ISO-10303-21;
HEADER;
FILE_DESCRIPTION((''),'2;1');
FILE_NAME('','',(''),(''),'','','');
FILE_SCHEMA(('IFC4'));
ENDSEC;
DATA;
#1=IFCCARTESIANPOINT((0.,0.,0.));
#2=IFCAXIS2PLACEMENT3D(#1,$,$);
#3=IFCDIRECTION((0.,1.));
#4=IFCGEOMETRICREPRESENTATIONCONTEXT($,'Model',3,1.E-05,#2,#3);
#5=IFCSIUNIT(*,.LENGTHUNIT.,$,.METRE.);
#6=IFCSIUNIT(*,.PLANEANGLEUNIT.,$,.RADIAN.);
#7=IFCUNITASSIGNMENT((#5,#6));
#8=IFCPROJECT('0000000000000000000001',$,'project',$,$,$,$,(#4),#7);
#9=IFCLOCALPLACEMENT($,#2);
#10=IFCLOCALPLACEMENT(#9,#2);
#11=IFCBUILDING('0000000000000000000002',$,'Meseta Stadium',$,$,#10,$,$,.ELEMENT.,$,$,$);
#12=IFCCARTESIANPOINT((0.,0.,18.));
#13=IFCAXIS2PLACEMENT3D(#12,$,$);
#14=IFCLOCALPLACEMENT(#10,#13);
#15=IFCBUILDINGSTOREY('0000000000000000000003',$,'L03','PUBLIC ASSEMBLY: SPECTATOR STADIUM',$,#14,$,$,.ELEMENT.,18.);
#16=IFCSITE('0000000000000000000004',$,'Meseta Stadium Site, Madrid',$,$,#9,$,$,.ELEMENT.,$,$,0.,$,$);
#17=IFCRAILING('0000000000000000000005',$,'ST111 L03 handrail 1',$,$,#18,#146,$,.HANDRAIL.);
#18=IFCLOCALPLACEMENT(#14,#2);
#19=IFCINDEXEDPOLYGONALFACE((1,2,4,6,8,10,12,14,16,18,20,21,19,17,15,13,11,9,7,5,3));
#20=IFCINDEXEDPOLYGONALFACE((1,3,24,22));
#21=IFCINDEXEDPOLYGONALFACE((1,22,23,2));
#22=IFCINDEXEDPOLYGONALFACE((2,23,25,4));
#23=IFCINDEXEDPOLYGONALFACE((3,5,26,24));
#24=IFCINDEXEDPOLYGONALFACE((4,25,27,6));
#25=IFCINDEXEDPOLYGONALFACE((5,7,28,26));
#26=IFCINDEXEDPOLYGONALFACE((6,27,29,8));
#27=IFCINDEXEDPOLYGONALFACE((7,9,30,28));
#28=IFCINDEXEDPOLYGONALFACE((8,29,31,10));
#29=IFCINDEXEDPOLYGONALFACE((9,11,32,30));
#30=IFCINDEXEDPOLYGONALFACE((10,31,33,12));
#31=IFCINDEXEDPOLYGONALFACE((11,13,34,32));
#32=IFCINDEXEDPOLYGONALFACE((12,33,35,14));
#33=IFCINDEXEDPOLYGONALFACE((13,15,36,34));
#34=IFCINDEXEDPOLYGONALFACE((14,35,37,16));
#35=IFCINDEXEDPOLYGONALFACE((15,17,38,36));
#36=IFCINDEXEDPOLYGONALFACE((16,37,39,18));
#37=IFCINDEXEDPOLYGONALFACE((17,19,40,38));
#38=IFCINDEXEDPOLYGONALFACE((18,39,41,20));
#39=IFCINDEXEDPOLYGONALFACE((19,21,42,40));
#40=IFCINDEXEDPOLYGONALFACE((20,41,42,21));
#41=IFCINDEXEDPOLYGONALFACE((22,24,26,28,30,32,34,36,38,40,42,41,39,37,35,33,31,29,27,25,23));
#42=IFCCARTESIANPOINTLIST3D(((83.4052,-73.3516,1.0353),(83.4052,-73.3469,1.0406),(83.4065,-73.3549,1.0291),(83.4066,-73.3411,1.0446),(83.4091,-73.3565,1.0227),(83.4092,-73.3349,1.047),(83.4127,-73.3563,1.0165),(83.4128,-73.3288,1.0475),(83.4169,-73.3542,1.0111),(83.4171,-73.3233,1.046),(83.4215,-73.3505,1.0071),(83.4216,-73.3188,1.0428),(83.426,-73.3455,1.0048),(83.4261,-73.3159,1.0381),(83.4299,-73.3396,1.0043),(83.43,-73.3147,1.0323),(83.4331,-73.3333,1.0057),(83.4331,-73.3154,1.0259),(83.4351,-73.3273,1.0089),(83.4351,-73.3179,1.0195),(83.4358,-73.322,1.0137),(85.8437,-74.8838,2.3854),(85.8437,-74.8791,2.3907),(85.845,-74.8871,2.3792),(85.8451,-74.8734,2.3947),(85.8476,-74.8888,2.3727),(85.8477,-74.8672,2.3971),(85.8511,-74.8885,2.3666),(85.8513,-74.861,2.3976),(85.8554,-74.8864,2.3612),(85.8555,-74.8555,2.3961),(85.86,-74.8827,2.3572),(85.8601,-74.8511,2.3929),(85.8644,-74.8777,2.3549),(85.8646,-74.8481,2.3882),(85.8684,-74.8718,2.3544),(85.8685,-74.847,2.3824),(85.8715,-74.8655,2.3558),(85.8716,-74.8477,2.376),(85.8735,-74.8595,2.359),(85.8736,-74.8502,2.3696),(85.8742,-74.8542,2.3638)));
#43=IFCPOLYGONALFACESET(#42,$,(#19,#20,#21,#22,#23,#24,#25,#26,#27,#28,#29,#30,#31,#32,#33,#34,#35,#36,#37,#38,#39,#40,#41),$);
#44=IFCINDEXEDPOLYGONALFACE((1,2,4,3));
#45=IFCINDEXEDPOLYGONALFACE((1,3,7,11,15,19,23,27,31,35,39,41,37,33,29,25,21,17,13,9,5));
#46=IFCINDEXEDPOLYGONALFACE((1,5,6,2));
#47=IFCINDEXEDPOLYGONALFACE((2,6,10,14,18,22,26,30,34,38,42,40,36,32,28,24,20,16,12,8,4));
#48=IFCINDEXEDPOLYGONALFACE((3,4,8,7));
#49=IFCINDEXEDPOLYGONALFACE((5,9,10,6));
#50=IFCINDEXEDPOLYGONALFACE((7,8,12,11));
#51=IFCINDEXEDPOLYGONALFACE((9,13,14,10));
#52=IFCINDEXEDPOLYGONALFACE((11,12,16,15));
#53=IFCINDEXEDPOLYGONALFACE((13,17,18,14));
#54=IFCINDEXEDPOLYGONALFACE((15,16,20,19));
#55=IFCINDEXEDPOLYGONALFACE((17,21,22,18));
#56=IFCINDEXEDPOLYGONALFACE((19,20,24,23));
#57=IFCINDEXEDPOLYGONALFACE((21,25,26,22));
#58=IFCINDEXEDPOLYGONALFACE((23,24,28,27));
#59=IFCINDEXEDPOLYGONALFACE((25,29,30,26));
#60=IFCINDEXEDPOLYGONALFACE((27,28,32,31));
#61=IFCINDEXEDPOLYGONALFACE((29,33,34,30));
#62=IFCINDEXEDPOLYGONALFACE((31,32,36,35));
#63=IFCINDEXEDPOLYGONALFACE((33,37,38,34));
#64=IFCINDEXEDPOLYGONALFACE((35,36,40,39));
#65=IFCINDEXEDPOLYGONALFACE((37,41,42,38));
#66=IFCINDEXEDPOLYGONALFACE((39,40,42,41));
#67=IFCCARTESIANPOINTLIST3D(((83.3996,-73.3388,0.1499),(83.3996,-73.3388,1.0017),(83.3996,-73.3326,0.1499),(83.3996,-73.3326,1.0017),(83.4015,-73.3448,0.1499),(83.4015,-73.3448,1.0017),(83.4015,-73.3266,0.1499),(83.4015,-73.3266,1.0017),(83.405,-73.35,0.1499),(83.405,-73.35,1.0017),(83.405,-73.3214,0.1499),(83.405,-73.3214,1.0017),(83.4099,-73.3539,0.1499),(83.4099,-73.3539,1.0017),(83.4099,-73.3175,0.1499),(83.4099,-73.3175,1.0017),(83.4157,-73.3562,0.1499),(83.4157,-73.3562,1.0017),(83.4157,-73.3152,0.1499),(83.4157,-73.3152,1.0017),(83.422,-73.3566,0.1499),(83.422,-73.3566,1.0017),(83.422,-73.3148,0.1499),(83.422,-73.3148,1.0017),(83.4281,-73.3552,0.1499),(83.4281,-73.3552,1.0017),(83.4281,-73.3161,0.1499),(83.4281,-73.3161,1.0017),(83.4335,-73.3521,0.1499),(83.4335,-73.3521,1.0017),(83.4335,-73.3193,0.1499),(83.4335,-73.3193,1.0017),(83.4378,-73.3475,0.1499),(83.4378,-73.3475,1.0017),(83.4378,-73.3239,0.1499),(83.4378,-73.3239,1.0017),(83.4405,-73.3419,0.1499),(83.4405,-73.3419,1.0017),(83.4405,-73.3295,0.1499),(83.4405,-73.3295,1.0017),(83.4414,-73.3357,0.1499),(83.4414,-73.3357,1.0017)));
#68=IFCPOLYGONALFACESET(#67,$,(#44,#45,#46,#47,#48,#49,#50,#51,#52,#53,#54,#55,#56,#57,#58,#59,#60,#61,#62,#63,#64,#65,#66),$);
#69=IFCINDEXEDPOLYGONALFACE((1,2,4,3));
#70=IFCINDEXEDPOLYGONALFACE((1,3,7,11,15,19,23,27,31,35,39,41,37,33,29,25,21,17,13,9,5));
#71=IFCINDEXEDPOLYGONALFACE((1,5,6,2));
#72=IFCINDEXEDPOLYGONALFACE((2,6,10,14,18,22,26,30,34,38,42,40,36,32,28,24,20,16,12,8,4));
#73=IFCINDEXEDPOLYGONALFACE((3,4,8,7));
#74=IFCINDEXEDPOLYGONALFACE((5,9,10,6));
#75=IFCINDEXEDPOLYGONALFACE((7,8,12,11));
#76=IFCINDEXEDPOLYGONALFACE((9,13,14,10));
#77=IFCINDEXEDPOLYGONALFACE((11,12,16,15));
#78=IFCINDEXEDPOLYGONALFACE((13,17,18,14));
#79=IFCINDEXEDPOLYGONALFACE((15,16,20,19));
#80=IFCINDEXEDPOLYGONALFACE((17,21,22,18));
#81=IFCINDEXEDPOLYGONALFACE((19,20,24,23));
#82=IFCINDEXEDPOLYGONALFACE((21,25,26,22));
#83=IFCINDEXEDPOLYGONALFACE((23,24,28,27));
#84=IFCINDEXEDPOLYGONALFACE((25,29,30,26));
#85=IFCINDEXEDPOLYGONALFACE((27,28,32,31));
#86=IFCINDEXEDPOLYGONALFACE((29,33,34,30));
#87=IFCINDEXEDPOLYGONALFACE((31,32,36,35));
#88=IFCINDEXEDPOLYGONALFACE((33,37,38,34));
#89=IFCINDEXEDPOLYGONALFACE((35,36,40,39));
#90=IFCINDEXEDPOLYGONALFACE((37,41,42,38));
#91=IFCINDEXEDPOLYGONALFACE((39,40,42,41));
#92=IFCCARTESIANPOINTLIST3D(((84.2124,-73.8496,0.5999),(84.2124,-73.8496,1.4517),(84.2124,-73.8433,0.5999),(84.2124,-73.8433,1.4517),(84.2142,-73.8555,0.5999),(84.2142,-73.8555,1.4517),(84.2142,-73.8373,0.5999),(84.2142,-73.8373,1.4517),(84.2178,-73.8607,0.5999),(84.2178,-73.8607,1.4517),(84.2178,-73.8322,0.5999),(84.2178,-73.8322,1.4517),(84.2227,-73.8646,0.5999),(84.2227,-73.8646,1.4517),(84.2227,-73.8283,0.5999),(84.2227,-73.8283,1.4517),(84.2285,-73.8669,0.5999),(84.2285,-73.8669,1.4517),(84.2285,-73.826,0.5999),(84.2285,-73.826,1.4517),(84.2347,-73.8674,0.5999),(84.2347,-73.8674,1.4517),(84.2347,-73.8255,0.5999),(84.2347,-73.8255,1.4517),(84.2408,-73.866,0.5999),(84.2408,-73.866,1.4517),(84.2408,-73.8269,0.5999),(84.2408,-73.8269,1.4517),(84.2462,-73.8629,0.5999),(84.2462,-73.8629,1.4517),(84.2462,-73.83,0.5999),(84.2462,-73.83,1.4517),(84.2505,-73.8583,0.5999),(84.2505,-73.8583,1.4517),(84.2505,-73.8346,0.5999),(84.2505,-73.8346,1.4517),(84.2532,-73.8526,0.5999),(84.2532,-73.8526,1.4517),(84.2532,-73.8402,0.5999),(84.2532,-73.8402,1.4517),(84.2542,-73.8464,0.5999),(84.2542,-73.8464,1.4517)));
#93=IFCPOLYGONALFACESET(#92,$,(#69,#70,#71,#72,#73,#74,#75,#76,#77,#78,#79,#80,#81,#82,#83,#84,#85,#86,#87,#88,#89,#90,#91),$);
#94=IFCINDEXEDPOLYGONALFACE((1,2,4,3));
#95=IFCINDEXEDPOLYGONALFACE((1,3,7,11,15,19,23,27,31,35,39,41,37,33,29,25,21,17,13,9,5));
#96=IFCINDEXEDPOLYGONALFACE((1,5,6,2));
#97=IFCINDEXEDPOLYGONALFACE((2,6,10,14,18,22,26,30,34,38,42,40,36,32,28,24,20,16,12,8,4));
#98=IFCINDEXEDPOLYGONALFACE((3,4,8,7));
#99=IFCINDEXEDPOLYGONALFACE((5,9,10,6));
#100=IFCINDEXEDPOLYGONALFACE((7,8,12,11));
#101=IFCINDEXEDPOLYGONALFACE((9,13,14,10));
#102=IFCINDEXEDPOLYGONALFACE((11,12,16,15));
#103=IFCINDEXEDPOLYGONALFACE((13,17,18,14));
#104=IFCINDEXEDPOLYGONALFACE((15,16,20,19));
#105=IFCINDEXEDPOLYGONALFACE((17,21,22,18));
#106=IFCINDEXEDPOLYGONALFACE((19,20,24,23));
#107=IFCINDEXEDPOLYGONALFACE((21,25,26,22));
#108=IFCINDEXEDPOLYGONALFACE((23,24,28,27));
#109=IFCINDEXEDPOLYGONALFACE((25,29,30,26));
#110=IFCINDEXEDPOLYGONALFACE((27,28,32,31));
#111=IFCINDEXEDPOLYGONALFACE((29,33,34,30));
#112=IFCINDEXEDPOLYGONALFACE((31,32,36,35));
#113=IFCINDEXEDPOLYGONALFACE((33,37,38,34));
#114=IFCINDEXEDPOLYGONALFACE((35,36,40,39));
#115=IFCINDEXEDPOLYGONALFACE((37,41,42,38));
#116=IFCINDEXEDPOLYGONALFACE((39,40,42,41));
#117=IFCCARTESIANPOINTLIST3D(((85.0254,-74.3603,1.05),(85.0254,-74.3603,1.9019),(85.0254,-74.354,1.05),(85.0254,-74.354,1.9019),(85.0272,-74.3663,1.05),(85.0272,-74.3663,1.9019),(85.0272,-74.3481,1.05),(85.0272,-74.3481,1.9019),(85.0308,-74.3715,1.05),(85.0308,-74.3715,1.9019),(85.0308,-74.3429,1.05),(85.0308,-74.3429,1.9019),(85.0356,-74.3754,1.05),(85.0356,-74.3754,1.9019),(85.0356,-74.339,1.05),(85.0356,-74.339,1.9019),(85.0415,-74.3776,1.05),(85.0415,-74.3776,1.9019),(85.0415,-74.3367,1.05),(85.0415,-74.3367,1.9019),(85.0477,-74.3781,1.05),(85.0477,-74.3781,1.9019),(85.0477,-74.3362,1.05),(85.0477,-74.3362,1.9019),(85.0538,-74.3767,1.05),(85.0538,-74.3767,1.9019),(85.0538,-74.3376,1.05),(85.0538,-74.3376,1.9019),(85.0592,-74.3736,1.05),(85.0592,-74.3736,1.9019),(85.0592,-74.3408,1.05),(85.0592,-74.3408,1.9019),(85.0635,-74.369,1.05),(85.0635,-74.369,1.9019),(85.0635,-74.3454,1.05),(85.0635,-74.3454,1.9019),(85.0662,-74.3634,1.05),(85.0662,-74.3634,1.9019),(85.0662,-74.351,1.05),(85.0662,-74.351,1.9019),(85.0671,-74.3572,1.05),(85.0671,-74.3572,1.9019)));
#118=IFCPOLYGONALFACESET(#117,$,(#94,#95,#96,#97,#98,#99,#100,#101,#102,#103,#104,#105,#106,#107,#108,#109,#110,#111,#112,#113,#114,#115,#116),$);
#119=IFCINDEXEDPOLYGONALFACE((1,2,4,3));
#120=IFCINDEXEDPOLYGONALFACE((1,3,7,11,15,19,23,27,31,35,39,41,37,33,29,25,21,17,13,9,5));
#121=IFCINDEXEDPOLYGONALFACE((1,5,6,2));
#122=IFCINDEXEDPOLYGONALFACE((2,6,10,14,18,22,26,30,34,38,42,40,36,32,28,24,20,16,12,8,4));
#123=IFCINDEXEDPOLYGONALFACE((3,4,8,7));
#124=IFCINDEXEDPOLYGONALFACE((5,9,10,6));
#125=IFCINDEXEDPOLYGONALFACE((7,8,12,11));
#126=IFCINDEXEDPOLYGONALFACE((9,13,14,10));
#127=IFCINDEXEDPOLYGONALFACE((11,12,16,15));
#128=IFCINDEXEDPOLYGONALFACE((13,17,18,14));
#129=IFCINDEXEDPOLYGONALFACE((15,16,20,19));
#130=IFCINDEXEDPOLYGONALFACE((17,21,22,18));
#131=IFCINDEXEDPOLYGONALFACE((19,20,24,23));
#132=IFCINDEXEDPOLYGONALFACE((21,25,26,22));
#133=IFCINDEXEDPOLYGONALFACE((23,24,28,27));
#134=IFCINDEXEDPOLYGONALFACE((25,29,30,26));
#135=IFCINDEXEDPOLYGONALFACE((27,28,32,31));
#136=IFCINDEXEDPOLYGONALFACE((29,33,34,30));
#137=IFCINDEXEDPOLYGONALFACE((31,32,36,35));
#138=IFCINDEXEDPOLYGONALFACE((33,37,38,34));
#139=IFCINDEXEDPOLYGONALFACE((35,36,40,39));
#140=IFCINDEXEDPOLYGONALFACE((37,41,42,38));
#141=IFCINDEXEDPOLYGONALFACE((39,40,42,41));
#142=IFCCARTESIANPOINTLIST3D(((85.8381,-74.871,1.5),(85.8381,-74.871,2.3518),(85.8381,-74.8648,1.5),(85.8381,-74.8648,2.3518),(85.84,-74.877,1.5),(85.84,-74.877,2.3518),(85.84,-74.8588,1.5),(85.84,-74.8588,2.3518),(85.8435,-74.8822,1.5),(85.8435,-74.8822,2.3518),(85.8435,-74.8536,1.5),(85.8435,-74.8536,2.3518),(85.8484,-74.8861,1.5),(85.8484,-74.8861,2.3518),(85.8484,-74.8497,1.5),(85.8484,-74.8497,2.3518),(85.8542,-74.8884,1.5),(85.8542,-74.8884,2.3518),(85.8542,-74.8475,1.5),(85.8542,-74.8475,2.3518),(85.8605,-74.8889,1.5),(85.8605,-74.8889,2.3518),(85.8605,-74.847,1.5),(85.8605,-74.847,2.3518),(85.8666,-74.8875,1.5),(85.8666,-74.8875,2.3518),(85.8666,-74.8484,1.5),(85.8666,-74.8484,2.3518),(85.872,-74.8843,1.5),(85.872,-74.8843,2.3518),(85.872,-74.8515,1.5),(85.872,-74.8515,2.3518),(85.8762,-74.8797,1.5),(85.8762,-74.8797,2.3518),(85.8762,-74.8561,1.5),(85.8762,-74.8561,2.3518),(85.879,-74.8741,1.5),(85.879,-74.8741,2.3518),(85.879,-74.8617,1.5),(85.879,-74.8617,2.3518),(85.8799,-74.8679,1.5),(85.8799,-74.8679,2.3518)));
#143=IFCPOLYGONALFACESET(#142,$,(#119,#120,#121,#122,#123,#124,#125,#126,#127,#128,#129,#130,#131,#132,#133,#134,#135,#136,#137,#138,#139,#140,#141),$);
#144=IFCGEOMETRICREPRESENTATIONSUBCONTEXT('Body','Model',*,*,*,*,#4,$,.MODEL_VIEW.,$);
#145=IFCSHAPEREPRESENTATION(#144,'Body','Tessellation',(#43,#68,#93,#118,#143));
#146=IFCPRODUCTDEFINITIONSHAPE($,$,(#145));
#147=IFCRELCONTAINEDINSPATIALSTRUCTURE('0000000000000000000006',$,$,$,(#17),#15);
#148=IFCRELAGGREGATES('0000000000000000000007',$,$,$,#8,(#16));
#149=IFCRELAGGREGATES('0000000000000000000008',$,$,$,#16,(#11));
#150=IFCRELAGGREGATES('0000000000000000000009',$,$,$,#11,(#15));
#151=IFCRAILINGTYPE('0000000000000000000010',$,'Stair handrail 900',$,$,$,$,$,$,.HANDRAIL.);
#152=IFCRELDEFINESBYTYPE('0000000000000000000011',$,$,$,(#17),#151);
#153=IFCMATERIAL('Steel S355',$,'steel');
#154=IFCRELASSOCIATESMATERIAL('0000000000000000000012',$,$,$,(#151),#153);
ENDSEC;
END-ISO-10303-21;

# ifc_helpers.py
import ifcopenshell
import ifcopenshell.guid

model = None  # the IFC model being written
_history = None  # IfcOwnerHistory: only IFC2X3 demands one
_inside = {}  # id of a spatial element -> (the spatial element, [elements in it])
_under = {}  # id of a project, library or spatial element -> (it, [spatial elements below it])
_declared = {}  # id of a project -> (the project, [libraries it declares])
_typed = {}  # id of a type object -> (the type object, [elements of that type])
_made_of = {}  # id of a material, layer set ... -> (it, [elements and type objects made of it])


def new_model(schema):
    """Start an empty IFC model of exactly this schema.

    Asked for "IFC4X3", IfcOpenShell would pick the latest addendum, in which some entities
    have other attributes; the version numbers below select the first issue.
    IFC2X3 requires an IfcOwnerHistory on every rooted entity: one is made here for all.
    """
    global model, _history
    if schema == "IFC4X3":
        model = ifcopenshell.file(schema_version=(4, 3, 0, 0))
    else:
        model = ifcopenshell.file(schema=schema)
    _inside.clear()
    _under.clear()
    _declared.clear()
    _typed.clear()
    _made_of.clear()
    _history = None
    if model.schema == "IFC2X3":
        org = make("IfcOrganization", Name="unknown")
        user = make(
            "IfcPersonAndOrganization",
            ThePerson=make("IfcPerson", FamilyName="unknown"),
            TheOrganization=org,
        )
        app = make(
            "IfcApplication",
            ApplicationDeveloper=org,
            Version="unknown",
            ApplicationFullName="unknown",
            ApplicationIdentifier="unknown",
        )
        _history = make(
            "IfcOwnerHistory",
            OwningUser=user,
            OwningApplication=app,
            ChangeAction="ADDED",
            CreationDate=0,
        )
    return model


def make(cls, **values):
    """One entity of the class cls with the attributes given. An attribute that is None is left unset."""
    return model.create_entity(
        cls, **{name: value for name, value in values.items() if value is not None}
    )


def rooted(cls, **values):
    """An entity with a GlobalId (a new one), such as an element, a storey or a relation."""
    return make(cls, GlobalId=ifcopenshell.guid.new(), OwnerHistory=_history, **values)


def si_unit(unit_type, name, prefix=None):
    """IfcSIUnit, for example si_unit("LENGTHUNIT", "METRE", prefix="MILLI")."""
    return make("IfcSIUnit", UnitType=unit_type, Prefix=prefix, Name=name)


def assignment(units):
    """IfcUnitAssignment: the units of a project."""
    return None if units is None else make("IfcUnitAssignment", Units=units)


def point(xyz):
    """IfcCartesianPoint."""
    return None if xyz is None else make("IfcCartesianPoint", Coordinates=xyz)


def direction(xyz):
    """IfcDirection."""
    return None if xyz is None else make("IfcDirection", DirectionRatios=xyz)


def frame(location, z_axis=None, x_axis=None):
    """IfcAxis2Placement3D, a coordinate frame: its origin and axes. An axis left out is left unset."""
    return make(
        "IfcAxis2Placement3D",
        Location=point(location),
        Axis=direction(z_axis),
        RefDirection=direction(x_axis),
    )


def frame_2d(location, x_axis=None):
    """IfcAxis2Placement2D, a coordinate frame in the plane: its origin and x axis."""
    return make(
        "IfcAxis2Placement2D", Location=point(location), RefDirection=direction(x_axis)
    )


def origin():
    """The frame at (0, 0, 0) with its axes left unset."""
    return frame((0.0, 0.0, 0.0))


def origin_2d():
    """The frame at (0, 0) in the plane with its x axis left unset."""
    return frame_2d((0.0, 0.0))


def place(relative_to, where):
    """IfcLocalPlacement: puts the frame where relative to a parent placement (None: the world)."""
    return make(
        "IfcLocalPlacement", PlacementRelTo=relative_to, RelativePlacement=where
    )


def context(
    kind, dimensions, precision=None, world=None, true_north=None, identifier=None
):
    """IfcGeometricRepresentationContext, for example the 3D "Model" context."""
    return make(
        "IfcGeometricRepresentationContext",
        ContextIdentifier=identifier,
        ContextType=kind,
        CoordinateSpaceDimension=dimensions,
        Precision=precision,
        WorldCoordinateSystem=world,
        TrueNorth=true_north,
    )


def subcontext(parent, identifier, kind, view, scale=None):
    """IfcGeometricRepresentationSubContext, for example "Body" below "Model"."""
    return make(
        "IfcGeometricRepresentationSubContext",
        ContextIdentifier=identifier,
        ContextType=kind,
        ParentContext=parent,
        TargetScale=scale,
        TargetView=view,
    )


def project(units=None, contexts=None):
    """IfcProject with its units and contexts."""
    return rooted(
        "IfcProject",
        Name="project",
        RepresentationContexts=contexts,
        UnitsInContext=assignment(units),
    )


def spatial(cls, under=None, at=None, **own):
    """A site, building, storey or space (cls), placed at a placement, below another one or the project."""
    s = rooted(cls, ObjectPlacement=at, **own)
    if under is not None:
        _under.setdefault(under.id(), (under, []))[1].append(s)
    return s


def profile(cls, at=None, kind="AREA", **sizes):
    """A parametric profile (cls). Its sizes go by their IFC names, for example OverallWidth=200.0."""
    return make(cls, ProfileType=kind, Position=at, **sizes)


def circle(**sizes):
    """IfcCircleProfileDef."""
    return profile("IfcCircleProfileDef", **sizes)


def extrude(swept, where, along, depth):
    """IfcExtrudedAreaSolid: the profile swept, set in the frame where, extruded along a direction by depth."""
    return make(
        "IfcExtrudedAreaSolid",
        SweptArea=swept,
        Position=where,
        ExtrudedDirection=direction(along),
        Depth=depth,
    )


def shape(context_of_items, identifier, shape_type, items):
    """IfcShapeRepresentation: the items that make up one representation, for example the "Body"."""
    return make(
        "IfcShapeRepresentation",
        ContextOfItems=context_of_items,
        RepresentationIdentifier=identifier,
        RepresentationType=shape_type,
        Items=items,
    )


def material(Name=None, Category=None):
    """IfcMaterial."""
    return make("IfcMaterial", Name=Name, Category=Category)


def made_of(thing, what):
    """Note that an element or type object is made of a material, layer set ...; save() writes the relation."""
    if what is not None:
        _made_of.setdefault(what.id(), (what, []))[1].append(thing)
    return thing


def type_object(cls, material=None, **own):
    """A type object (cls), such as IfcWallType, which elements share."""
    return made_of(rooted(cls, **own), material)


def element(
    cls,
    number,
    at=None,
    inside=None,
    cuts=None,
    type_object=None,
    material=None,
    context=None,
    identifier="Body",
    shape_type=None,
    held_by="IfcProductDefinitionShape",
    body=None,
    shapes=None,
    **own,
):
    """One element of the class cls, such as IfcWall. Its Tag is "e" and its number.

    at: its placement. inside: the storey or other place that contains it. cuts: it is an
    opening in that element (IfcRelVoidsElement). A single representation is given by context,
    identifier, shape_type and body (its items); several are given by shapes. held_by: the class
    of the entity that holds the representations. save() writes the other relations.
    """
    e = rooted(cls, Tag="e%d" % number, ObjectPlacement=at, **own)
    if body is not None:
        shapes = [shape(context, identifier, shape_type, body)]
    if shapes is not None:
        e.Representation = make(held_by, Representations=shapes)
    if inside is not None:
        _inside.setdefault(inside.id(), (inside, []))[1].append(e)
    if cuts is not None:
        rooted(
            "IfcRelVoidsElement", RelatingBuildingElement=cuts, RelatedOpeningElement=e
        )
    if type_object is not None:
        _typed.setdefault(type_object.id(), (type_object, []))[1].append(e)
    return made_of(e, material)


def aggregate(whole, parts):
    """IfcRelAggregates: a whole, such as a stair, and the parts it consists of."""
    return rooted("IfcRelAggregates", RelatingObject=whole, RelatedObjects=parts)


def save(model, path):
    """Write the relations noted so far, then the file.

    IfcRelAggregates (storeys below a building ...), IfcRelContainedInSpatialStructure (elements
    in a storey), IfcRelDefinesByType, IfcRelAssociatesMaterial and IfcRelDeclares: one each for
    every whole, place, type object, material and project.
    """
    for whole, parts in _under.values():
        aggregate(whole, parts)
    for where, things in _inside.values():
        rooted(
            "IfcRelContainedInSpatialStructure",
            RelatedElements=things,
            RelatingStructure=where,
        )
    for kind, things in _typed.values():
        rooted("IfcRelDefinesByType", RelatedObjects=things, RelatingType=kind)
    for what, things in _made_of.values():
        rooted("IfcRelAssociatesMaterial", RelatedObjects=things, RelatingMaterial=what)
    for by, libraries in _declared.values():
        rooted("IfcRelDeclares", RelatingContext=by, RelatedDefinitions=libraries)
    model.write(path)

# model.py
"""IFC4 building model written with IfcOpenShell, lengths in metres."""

from ifc_helpers import new_model, si_unit, direction, frame, origin, origin_2d, place, context, subcontext, project, spatial, circle, extrude, material, type_object, element, save


model = new_model("IFC4")

# Units and contexts
model_context = context("Model", 3, precision=1e-05, world=origin(), true_north=direction((0.0, 1.0)))
body_context = subcontext(model_context, "Body", "Model", "MODEL_VIEW")
ifc_project = project(units=[si_unit("LENGTHUNIT", "METRE"), si_unit("PLANEANGLEUNIT", "RADIAN")], contexts=[model_context])

# Site, building, storey
site_placement = place(None, origin())
site = spatial("IfcSite", under=ifc_project, at=site_placement, Name="Meseta Stadium Site, Madrid", CompositionType="ELEMENT", RefElevation=0.0)
building_placement = place(site_placement, origin())
building = spatial("IfcBuilding", under=site, at=building_placement, Name="Meseta Stadium", CompositionType="ELEMENT")
storey_placement = place(building_placement, frame((0.0, 0.0, 18.0)))
storey = spatial("IfcBuildingStorey", under=building, at=storey_placement, Name="L03", Description="PUBLIC ASSEMBLY: SPECTATOR STADIUM", CompositionType="ELEMENT", Elevation=18.0)

# Railing
ifc_material_1 = material(Name="Steel S355", Category="steel")
railing_type_1 = type_object("IfcRailingType", Name="Stair handrail 900", PredefinedType="HANDRAIL", material=ifc_material_1)
for number, where, name in (
    (1, (83.4204, -73.3357, 0.1499), "ST111 L03 handrail 1"),
):
    element("IfcRailing", number, at=place(storey_placement, frame(where)), inside=storey, type_object=railing_type_1, Name=name, PredefinedType="HANDRAIL", context=body_context, shape_type="SweptSolid", body=[
        extrude(circle(Radius=0.0239, at=origin_2d()), frame((0.0, 0.0, 0.876), z_axis=(0.766655, -0.481731, 0.42447), x_axis=(0.53204, 0.846719, 0.0)), (0.0, 0.0, 1.0), 3.1807),
        extrude(circle(Radius=0.021, at=origin_2d()), origin(), (0.0, 0.0, 1.0), 0.8518),
        extrude(circle(Radius=0.021, at=origin_2d()), frame((0.8127, -0.5107, 0.45)), (0.0, 0.0, 1.0), 0.8518),
        extrude(circle(Radius=0.021, at=origin_2d()), frame((1.6257, -1.0215, 0.9001)), (0.0, 0.0, 1.0), 0.8518),
        extrude(circle(Radius=0.021, at=origin_2d()), frame((2.4385, -1.5322, 1.3501)), (0.0, 0.0, 1.0), 0.8518),
    ])

save(model, "model.ifc")
